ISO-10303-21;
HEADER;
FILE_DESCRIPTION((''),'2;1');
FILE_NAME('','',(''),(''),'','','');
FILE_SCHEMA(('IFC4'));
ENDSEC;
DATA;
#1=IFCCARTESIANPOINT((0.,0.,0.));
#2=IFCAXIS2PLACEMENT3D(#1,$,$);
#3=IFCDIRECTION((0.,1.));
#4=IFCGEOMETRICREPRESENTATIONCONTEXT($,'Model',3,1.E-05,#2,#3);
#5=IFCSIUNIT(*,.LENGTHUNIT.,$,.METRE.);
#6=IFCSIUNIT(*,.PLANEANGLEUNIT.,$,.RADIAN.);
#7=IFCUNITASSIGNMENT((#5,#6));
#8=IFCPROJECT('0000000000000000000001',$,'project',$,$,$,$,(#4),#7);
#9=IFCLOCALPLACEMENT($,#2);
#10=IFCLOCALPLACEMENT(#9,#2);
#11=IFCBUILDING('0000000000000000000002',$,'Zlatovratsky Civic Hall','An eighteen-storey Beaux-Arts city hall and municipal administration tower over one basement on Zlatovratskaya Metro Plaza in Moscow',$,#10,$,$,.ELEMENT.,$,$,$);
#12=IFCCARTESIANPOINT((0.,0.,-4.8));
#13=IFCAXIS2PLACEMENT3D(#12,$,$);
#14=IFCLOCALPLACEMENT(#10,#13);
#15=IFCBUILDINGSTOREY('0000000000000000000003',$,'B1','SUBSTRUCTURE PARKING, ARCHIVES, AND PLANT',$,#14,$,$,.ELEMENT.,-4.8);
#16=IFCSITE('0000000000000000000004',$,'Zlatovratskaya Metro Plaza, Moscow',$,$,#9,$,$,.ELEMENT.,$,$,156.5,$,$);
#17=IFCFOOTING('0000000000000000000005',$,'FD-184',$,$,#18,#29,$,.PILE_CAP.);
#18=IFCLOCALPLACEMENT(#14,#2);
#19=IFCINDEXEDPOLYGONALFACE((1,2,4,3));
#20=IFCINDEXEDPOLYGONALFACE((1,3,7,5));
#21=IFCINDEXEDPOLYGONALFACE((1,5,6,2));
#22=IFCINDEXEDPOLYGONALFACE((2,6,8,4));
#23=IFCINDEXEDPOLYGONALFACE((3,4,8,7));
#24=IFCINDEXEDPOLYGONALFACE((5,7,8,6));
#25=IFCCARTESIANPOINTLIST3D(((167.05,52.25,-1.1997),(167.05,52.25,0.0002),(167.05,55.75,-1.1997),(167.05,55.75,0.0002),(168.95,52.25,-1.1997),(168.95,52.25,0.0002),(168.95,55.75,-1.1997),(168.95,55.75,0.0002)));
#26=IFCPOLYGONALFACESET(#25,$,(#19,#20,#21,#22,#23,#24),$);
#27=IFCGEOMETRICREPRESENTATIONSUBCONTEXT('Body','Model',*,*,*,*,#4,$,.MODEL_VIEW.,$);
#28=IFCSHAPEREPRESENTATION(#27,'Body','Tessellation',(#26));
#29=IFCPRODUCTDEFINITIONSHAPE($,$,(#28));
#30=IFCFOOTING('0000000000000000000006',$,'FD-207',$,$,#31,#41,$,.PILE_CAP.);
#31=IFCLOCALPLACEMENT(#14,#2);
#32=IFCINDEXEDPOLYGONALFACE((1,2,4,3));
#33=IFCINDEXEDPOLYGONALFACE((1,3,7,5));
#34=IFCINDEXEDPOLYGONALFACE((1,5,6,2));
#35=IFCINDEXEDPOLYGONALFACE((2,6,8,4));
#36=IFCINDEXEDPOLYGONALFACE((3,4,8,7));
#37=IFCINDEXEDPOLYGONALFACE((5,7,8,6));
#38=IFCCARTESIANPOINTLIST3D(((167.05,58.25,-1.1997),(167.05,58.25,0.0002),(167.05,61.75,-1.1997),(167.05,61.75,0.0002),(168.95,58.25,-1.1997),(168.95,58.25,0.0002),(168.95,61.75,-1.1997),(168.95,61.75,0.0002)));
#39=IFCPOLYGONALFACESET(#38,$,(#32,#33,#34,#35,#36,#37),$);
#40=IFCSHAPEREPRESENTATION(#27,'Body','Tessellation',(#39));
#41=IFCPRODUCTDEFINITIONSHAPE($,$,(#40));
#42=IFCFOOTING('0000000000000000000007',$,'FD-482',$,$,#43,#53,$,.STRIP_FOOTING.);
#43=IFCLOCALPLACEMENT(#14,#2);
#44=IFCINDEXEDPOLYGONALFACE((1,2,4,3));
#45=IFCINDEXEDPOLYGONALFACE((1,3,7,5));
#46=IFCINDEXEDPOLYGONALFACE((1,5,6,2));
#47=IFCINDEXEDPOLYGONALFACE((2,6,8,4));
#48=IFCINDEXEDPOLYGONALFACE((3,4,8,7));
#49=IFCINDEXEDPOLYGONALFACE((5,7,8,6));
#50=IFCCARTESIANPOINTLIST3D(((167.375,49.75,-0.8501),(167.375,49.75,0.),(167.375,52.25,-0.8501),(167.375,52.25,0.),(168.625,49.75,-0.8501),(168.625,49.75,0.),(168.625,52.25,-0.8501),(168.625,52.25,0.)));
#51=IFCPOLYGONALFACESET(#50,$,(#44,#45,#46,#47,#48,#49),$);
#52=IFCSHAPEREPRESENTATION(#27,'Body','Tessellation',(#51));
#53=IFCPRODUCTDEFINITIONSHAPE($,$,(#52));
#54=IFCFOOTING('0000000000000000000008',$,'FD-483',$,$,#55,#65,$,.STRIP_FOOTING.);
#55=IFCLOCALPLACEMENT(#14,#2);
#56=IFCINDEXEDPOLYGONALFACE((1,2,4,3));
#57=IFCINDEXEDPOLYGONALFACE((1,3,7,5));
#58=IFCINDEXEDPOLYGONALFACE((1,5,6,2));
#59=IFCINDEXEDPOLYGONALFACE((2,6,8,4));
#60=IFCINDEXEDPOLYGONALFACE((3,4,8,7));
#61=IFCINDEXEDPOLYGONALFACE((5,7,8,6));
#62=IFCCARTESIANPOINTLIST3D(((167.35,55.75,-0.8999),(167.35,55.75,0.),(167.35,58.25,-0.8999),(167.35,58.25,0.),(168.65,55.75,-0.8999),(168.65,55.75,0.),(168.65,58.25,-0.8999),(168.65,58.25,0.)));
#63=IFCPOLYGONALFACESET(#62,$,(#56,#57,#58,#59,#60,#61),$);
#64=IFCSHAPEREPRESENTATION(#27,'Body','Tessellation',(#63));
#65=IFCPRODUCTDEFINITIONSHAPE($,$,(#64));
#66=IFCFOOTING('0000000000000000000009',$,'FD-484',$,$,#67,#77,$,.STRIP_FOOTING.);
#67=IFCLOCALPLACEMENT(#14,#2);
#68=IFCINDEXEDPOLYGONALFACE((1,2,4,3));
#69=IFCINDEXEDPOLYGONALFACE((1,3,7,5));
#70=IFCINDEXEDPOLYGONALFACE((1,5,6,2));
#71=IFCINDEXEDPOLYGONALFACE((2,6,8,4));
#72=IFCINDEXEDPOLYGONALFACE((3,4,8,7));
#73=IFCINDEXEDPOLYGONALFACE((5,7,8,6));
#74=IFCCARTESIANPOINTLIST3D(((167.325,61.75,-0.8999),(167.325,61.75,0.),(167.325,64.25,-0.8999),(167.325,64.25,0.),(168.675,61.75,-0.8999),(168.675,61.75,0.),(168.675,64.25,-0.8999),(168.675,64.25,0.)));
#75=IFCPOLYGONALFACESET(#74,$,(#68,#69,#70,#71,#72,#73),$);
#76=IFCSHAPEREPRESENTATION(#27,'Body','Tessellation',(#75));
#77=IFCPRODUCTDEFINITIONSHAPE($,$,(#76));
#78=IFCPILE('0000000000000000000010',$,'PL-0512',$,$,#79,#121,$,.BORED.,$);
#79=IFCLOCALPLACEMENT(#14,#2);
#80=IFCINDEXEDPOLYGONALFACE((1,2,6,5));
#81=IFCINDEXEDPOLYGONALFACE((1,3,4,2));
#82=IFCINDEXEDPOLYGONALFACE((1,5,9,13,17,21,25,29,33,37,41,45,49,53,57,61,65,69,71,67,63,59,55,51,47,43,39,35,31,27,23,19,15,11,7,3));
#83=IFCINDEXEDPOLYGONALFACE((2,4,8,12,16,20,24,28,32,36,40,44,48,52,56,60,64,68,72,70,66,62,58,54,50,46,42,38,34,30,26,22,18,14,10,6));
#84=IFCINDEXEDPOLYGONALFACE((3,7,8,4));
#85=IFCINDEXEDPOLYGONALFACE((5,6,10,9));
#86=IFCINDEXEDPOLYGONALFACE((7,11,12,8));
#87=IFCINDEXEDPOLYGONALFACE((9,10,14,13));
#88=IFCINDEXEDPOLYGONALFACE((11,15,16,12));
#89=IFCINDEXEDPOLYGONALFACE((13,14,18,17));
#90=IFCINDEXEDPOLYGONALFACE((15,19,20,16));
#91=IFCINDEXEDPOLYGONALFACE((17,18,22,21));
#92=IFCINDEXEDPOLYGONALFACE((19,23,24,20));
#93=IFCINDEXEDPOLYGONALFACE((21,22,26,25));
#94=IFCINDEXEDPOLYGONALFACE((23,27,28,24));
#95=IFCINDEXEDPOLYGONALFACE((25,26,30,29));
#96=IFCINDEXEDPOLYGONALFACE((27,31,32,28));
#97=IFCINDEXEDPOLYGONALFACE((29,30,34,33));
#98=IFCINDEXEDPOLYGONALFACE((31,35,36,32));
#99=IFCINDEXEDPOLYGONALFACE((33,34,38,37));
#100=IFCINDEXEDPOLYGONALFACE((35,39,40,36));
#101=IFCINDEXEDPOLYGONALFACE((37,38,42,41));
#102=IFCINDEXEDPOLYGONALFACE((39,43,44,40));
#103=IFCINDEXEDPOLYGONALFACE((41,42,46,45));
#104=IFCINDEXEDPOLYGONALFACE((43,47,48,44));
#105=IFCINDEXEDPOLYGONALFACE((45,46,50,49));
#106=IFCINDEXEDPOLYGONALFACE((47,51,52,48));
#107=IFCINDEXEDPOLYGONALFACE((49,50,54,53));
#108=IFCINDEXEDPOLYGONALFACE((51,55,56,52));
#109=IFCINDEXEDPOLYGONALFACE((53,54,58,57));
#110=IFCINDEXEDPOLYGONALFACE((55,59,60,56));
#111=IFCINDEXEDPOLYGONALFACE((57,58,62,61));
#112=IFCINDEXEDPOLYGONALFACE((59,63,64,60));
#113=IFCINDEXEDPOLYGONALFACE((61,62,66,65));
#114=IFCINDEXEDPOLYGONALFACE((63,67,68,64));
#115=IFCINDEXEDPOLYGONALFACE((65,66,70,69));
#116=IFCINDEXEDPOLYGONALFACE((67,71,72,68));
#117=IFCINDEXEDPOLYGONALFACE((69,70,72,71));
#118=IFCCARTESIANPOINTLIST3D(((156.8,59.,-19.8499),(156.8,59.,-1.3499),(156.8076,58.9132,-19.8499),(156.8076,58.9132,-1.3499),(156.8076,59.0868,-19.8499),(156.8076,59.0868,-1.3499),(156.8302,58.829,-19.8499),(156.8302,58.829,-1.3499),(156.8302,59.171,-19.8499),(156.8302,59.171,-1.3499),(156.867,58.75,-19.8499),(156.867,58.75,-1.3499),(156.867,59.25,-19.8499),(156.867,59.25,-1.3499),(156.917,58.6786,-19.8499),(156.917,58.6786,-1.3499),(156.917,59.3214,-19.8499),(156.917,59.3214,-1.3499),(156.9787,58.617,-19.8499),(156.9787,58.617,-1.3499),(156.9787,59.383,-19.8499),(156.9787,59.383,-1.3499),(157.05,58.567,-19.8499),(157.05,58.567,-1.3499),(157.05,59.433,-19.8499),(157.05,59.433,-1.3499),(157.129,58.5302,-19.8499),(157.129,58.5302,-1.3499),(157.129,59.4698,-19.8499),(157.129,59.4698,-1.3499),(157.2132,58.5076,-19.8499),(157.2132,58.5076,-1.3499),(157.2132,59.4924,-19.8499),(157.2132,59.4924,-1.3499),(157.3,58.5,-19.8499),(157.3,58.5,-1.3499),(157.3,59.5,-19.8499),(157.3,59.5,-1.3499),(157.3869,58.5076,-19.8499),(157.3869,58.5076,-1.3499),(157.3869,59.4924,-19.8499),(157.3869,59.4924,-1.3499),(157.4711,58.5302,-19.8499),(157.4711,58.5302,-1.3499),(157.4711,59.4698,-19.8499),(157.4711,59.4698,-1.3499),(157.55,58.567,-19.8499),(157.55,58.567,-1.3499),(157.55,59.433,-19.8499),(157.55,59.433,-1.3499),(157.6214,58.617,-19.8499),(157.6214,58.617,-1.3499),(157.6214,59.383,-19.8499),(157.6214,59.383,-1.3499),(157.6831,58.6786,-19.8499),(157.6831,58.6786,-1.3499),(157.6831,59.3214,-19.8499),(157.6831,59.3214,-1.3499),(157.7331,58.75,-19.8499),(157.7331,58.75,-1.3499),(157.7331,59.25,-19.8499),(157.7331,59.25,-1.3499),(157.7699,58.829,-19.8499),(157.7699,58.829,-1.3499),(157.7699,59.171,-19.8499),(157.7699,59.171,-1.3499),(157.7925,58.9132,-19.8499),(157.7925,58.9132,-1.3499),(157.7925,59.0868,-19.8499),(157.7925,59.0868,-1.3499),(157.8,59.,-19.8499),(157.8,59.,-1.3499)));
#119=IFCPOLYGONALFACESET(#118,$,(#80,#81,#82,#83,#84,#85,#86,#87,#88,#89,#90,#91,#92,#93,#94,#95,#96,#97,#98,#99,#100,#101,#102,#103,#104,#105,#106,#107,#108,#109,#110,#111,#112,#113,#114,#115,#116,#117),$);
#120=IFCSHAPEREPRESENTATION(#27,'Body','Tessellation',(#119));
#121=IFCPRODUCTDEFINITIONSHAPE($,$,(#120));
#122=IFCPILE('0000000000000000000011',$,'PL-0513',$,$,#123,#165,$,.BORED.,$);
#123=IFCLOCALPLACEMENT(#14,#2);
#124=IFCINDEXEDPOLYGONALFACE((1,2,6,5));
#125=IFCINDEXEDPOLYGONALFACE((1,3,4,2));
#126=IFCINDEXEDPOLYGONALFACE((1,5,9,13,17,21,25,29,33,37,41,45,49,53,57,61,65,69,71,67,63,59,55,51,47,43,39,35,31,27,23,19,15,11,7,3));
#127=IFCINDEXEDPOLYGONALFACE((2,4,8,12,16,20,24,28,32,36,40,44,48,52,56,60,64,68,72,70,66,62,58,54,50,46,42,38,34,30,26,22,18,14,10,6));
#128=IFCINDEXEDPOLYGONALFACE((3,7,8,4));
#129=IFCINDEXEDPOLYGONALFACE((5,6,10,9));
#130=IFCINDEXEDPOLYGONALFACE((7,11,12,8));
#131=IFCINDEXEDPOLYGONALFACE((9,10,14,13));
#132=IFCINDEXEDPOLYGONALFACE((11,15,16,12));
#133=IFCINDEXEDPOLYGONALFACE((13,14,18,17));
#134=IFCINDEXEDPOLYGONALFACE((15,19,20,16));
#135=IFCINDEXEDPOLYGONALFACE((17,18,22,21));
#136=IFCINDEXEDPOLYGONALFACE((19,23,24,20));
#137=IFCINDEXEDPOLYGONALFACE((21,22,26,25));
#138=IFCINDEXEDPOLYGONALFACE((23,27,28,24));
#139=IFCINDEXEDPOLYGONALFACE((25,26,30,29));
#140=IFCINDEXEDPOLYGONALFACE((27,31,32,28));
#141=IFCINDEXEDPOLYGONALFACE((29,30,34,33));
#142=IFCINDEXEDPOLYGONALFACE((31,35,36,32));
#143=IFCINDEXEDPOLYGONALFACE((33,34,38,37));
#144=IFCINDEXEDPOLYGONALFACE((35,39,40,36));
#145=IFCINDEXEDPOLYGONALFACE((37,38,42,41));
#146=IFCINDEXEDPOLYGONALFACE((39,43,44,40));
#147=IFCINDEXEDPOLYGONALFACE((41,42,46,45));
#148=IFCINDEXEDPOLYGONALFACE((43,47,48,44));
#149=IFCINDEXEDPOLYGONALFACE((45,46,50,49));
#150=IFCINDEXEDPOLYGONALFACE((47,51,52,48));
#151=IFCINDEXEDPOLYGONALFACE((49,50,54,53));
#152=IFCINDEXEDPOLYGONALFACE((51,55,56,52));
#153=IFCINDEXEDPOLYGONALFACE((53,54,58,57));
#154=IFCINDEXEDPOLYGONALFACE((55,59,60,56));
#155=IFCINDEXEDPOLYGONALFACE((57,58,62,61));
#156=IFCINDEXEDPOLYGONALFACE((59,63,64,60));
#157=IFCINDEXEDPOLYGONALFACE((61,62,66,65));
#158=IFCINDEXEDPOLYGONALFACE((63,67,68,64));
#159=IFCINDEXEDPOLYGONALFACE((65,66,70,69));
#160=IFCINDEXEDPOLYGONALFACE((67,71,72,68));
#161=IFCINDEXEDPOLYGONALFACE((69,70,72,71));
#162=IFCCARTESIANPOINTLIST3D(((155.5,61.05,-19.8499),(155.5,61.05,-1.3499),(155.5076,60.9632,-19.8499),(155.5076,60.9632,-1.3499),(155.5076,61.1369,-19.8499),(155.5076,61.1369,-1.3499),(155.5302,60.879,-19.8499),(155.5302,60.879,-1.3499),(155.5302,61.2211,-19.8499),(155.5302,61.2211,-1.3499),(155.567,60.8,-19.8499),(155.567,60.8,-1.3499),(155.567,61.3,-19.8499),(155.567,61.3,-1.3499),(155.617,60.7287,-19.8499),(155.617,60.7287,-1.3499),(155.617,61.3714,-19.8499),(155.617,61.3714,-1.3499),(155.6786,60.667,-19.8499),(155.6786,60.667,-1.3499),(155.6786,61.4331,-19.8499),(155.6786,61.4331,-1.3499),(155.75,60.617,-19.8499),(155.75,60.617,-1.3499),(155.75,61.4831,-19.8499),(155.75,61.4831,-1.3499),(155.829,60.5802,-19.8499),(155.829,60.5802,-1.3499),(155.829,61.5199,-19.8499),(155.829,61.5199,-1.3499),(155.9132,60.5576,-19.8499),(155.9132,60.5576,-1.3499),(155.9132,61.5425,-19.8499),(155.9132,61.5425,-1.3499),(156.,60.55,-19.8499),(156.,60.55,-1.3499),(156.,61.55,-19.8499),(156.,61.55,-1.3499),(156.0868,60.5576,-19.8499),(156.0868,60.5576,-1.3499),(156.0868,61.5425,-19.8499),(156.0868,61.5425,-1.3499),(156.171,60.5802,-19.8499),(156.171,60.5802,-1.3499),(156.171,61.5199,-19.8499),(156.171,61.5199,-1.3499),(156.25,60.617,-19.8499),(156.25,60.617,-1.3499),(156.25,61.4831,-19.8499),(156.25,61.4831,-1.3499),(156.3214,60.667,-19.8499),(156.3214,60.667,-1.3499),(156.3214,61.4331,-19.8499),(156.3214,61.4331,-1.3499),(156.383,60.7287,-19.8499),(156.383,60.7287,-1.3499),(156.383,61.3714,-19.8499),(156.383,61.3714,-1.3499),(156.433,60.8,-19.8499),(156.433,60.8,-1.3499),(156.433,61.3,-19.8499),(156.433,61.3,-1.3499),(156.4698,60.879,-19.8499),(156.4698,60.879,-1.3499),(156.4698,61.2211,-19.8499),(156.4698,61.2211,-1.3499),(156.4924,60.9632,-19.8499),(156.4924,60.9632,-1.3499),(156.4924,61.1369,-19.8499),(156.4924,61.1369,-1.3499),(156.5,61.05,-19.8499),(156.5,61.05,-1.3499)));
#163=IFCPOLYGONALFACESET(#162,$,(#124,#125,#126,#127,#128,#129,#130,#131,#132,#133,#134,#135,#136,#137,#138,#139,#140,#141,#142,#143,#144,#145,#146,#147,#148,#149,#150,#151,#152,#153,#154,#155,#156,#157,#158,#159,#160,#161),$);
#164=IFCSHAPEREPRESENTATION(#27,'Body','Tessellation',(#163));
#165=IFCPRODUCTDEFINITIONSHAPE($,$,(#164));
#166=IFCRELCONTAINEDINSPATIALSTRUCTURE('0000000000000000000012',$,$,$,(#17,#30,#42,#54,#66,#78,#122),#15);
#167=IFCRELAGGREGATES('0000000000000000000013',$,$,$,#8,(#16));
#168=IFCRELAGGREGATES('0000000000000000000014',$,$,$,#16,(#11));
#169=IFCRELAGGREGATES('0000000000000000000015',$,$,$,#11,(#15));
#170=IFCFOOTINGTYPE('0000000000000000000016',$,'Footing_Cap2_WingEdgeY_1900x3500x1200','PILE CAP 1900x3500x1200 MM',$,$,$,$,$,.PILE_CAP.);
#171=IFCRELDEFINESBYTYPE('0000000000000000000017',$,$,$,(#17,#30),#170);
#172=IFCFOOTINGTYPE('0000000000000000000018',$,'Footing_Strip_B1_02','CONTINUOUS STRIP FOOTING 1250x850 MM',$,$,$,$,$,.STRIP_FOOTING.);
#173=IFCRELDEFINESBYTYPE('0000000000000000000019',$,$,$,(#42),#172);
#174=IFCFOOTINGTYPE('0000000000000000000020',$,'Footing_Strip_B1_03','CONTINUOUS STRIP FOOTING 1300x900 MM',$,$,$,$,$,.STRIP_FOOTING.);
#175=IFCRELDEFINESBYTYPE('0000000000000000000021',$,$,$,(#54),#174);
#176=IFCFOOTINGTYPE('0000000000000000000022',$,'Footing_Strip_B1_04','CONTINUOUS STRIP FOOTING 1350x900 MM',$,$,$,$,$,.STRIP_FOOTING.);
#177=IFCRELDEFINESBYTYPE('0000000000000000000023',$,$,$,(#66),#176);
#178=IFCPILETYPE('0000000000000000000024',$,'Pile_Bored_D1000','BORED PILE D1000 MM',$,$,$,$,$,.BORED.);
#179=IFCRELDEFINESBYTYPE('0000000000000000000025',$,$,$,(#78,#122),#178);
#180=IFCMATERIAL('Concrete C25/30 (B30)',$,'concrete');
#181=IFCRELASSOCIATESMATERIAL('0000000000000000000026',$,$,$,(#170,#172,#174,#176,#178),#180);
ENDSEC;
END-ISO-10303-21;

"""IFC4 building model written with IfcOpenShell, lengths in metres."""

from ifc_helpers import new_model, si_unit, direction, frame, origin, origin_2d, place, context, subcontext, project, spatial, rectangle, circle, extrude, material, material_profile, profile_set, type_object, element, save


model = new_model("IFC4")

# Units and contexts
model_context = context("Model", 3, precision=1e-05, world=origin(), true_north=direction((0.0, 1.0)))
body_context = subcontext(model_context, "Body", "Model", "MODEL_VIEW")
ifc_project = project(units=[si_unit("LENGTHUNIT", "METRE"), si_unit("PLANEANGLEUNIT", "RADIAN")], contexts=[model_context])

# Site, building, storey
site_placement = place(None, origin())
site = spatial("IfcSite", under=ifc_project, at=site_placement, Name="Zlatovratskaya Metro Plaza, Moscow", CompositionType="ELEMENT", RefElevation=156.5)
building_placement = place(site_placement, origin())
building = spatial("IfcBuilding", under=site, at=building_placement, Name="Zlatovratsky Civic Hall", Description="An eighteen-storey Beaux-Arts city hall and municipal administration tower over one basement on Zlatovratskaya Metro Plaza in Moscow", CompositionType="ELEMENT")
storey_placement = place(building_placement, frame((0.0, 0.0, -4.8)))
storey = spatial("IfcBuildingStorey", under=building, at=storey_placement, Name="B1", Description="SUBSTRUCTURE PARKING, ARCHIVES, AND PLANT", CompositionType="ELEMENT", Elevation=-4.8)

# Footings
ifc_material_1 = material(Name="Concrete C25/30 (B30)", Category="concrete")
footing_type_1 = type_object("IfcFootingType", Name="Footing_Cap2_WingEdgeY_1900x3500x1200", Description="PILE CAP 1900x3500x1200 MM", PredefinedType="PILE_CAP", material=ifc_material_1)
for number, where, z_axis, x_axis, name in (
    (1, (168.0, 54.0, -1.1997), (0.0, 0.0, 1.0), (1.0, 0.0, 0.0), "FD-184"),
    (2, (168.0, 60.0, -1.1997), (0.0, 0.0, 1.0), (1.0, 0.0, 0.0), "FD-207"),
):
    element("IfcFooting", number, at=place(storey_placement, frame(where, z_axis=z_axis, x_axis=x_axis)), inside=storey, type_object=footing_type_1, Name=name, PredefinedType="PILE_CAP", context=body_context, shape_type="SweptSolid", body=[
        extrude(rectangle(XDim=1.8999, YDim=3.5, at=origin_2d()), origin(), (0.0, 0.0, 1.0), 1.2),
    ])
footing_type_2 = type_object("IfcFootingType", Name="Footing_Strip_B1_02", Description="CONTINUOUS STRIP FOOTING 1250x850 MM", PredefinedType="STRIP_FOOTING", material=ifc_material_1)
footing_1_placement = place(storey_placement, frame((168.0, 51.0, -0.8501), z_axis=(0.0, 0.0, 1.0), x_axis=(1.0, 0.0, 0.0)))
element("IfcFooting", 3, at=footing_1_placement, inside=storey, type_object=footing_type_2, Name="FD-482", PredefinedType="STRIP_FOOTING", context=body_context, shape_type="SweptSolid", body=[
    extrude(rectangle(XDim=1.25, YDim=2.5, at=origin_2d()), origin(), (0.0, 0.0, 1.0), 0.8501),
])
footing_type_3 = type_object("IfcFootingType", Name="Footing_Strip_B1_03", Description="CONTINUOUS STRIP FOOTING 1300x900 MM", PredefinedType="STRIP_FOOTING", material=ifc_material_1)
footing_2_placement = place(storey_placement, frame((168.0, 57.0, -0.8999), z_axis=(0.0, 0.0, 1.0), x_axis=(1.0, 0.0, 0.0)))
element("IfcFooting", 4, at=footing_2_placement, inside=storey, type_object=footing_type_3, Name="FD-483", PredefinedType="STRIP_FOOTING", context=body_context, shape_type="SweptSolid", body=[
    extrude(rectangle(XDim=1.3, YDim=2.5, at=origin_2d()), origin(), (0.0, 0.0, 1.0), 0.8999),
])
footing_type_4 = type_object("IfcFootingType", Name="Footing_Strip_B1_04", Description="CONTINUOUS STRIP FOOTING 1350x900 MM", PredefinedType="STRIP_FOOTING", material=ifc_material_1)
footing_3_placement = place(storey_placement, frame((168.0, 63.0, -0.8999), z_axis=(0.0, 0.0, 1.0), x_axis=(1.0, 0.0, 0.0)))
element("IfcFooting", 5, at=footing_3_placement, inside=storey, type_object=footing_type_4, Name="FD-484", PredefinedType="STRIP_FOOTING", context=body_context, shape_type="SweptSolid", body=[
    extrude(rectangle(XDim=1.3501, YDim=2.5, at=origin_2d()), origin(), (0.0, 0.0, 1.0), 0.8999),
])

# Piles
ifc_material_profile_1 = material_profile(ifc_material_1, circle(Radius=0.5, at=origin_2d()), Name="PILE D1000")
ifc_profile_set_1 = profile_set([ifc_material_profile_1], Name="Concrete C25/30 (B30)")
pile_type_1 = type_object("IfcPileType", Name="Pile_Bored_D1000", Description="BORED PILE D1000 MM", PredefinedType="BORED", material=ifc_profile_set_1)
for number, where, z_axis, x_axis, name in (
    (6, (157.3, 59.0, -1.3499), (0.0, 0.0, -1.0), (1.0, 0.0, 0.0), "PL-0512"),
    (7, (156.0, 61.05, -1.3499), (0.0, 0.0, -1.0), (1.0, 0.0, 0.0), "PL-0513"),
):
    element("IfcPile", number, at=place(storey_placement, frame(where, z_axis=z_axis, x_axis=x_axis)), inside=storey, type_object=pile_type_1, Name=name, PredefinedType="BORED", context=body_context, shape_type="SweptSolid", body=[
        extrude(circle(Radius=0.5, at=origin_2d()), origin(), (0.0, 0.0, 1.0), 18.5),
    ])

save(model, "model.ifc")
